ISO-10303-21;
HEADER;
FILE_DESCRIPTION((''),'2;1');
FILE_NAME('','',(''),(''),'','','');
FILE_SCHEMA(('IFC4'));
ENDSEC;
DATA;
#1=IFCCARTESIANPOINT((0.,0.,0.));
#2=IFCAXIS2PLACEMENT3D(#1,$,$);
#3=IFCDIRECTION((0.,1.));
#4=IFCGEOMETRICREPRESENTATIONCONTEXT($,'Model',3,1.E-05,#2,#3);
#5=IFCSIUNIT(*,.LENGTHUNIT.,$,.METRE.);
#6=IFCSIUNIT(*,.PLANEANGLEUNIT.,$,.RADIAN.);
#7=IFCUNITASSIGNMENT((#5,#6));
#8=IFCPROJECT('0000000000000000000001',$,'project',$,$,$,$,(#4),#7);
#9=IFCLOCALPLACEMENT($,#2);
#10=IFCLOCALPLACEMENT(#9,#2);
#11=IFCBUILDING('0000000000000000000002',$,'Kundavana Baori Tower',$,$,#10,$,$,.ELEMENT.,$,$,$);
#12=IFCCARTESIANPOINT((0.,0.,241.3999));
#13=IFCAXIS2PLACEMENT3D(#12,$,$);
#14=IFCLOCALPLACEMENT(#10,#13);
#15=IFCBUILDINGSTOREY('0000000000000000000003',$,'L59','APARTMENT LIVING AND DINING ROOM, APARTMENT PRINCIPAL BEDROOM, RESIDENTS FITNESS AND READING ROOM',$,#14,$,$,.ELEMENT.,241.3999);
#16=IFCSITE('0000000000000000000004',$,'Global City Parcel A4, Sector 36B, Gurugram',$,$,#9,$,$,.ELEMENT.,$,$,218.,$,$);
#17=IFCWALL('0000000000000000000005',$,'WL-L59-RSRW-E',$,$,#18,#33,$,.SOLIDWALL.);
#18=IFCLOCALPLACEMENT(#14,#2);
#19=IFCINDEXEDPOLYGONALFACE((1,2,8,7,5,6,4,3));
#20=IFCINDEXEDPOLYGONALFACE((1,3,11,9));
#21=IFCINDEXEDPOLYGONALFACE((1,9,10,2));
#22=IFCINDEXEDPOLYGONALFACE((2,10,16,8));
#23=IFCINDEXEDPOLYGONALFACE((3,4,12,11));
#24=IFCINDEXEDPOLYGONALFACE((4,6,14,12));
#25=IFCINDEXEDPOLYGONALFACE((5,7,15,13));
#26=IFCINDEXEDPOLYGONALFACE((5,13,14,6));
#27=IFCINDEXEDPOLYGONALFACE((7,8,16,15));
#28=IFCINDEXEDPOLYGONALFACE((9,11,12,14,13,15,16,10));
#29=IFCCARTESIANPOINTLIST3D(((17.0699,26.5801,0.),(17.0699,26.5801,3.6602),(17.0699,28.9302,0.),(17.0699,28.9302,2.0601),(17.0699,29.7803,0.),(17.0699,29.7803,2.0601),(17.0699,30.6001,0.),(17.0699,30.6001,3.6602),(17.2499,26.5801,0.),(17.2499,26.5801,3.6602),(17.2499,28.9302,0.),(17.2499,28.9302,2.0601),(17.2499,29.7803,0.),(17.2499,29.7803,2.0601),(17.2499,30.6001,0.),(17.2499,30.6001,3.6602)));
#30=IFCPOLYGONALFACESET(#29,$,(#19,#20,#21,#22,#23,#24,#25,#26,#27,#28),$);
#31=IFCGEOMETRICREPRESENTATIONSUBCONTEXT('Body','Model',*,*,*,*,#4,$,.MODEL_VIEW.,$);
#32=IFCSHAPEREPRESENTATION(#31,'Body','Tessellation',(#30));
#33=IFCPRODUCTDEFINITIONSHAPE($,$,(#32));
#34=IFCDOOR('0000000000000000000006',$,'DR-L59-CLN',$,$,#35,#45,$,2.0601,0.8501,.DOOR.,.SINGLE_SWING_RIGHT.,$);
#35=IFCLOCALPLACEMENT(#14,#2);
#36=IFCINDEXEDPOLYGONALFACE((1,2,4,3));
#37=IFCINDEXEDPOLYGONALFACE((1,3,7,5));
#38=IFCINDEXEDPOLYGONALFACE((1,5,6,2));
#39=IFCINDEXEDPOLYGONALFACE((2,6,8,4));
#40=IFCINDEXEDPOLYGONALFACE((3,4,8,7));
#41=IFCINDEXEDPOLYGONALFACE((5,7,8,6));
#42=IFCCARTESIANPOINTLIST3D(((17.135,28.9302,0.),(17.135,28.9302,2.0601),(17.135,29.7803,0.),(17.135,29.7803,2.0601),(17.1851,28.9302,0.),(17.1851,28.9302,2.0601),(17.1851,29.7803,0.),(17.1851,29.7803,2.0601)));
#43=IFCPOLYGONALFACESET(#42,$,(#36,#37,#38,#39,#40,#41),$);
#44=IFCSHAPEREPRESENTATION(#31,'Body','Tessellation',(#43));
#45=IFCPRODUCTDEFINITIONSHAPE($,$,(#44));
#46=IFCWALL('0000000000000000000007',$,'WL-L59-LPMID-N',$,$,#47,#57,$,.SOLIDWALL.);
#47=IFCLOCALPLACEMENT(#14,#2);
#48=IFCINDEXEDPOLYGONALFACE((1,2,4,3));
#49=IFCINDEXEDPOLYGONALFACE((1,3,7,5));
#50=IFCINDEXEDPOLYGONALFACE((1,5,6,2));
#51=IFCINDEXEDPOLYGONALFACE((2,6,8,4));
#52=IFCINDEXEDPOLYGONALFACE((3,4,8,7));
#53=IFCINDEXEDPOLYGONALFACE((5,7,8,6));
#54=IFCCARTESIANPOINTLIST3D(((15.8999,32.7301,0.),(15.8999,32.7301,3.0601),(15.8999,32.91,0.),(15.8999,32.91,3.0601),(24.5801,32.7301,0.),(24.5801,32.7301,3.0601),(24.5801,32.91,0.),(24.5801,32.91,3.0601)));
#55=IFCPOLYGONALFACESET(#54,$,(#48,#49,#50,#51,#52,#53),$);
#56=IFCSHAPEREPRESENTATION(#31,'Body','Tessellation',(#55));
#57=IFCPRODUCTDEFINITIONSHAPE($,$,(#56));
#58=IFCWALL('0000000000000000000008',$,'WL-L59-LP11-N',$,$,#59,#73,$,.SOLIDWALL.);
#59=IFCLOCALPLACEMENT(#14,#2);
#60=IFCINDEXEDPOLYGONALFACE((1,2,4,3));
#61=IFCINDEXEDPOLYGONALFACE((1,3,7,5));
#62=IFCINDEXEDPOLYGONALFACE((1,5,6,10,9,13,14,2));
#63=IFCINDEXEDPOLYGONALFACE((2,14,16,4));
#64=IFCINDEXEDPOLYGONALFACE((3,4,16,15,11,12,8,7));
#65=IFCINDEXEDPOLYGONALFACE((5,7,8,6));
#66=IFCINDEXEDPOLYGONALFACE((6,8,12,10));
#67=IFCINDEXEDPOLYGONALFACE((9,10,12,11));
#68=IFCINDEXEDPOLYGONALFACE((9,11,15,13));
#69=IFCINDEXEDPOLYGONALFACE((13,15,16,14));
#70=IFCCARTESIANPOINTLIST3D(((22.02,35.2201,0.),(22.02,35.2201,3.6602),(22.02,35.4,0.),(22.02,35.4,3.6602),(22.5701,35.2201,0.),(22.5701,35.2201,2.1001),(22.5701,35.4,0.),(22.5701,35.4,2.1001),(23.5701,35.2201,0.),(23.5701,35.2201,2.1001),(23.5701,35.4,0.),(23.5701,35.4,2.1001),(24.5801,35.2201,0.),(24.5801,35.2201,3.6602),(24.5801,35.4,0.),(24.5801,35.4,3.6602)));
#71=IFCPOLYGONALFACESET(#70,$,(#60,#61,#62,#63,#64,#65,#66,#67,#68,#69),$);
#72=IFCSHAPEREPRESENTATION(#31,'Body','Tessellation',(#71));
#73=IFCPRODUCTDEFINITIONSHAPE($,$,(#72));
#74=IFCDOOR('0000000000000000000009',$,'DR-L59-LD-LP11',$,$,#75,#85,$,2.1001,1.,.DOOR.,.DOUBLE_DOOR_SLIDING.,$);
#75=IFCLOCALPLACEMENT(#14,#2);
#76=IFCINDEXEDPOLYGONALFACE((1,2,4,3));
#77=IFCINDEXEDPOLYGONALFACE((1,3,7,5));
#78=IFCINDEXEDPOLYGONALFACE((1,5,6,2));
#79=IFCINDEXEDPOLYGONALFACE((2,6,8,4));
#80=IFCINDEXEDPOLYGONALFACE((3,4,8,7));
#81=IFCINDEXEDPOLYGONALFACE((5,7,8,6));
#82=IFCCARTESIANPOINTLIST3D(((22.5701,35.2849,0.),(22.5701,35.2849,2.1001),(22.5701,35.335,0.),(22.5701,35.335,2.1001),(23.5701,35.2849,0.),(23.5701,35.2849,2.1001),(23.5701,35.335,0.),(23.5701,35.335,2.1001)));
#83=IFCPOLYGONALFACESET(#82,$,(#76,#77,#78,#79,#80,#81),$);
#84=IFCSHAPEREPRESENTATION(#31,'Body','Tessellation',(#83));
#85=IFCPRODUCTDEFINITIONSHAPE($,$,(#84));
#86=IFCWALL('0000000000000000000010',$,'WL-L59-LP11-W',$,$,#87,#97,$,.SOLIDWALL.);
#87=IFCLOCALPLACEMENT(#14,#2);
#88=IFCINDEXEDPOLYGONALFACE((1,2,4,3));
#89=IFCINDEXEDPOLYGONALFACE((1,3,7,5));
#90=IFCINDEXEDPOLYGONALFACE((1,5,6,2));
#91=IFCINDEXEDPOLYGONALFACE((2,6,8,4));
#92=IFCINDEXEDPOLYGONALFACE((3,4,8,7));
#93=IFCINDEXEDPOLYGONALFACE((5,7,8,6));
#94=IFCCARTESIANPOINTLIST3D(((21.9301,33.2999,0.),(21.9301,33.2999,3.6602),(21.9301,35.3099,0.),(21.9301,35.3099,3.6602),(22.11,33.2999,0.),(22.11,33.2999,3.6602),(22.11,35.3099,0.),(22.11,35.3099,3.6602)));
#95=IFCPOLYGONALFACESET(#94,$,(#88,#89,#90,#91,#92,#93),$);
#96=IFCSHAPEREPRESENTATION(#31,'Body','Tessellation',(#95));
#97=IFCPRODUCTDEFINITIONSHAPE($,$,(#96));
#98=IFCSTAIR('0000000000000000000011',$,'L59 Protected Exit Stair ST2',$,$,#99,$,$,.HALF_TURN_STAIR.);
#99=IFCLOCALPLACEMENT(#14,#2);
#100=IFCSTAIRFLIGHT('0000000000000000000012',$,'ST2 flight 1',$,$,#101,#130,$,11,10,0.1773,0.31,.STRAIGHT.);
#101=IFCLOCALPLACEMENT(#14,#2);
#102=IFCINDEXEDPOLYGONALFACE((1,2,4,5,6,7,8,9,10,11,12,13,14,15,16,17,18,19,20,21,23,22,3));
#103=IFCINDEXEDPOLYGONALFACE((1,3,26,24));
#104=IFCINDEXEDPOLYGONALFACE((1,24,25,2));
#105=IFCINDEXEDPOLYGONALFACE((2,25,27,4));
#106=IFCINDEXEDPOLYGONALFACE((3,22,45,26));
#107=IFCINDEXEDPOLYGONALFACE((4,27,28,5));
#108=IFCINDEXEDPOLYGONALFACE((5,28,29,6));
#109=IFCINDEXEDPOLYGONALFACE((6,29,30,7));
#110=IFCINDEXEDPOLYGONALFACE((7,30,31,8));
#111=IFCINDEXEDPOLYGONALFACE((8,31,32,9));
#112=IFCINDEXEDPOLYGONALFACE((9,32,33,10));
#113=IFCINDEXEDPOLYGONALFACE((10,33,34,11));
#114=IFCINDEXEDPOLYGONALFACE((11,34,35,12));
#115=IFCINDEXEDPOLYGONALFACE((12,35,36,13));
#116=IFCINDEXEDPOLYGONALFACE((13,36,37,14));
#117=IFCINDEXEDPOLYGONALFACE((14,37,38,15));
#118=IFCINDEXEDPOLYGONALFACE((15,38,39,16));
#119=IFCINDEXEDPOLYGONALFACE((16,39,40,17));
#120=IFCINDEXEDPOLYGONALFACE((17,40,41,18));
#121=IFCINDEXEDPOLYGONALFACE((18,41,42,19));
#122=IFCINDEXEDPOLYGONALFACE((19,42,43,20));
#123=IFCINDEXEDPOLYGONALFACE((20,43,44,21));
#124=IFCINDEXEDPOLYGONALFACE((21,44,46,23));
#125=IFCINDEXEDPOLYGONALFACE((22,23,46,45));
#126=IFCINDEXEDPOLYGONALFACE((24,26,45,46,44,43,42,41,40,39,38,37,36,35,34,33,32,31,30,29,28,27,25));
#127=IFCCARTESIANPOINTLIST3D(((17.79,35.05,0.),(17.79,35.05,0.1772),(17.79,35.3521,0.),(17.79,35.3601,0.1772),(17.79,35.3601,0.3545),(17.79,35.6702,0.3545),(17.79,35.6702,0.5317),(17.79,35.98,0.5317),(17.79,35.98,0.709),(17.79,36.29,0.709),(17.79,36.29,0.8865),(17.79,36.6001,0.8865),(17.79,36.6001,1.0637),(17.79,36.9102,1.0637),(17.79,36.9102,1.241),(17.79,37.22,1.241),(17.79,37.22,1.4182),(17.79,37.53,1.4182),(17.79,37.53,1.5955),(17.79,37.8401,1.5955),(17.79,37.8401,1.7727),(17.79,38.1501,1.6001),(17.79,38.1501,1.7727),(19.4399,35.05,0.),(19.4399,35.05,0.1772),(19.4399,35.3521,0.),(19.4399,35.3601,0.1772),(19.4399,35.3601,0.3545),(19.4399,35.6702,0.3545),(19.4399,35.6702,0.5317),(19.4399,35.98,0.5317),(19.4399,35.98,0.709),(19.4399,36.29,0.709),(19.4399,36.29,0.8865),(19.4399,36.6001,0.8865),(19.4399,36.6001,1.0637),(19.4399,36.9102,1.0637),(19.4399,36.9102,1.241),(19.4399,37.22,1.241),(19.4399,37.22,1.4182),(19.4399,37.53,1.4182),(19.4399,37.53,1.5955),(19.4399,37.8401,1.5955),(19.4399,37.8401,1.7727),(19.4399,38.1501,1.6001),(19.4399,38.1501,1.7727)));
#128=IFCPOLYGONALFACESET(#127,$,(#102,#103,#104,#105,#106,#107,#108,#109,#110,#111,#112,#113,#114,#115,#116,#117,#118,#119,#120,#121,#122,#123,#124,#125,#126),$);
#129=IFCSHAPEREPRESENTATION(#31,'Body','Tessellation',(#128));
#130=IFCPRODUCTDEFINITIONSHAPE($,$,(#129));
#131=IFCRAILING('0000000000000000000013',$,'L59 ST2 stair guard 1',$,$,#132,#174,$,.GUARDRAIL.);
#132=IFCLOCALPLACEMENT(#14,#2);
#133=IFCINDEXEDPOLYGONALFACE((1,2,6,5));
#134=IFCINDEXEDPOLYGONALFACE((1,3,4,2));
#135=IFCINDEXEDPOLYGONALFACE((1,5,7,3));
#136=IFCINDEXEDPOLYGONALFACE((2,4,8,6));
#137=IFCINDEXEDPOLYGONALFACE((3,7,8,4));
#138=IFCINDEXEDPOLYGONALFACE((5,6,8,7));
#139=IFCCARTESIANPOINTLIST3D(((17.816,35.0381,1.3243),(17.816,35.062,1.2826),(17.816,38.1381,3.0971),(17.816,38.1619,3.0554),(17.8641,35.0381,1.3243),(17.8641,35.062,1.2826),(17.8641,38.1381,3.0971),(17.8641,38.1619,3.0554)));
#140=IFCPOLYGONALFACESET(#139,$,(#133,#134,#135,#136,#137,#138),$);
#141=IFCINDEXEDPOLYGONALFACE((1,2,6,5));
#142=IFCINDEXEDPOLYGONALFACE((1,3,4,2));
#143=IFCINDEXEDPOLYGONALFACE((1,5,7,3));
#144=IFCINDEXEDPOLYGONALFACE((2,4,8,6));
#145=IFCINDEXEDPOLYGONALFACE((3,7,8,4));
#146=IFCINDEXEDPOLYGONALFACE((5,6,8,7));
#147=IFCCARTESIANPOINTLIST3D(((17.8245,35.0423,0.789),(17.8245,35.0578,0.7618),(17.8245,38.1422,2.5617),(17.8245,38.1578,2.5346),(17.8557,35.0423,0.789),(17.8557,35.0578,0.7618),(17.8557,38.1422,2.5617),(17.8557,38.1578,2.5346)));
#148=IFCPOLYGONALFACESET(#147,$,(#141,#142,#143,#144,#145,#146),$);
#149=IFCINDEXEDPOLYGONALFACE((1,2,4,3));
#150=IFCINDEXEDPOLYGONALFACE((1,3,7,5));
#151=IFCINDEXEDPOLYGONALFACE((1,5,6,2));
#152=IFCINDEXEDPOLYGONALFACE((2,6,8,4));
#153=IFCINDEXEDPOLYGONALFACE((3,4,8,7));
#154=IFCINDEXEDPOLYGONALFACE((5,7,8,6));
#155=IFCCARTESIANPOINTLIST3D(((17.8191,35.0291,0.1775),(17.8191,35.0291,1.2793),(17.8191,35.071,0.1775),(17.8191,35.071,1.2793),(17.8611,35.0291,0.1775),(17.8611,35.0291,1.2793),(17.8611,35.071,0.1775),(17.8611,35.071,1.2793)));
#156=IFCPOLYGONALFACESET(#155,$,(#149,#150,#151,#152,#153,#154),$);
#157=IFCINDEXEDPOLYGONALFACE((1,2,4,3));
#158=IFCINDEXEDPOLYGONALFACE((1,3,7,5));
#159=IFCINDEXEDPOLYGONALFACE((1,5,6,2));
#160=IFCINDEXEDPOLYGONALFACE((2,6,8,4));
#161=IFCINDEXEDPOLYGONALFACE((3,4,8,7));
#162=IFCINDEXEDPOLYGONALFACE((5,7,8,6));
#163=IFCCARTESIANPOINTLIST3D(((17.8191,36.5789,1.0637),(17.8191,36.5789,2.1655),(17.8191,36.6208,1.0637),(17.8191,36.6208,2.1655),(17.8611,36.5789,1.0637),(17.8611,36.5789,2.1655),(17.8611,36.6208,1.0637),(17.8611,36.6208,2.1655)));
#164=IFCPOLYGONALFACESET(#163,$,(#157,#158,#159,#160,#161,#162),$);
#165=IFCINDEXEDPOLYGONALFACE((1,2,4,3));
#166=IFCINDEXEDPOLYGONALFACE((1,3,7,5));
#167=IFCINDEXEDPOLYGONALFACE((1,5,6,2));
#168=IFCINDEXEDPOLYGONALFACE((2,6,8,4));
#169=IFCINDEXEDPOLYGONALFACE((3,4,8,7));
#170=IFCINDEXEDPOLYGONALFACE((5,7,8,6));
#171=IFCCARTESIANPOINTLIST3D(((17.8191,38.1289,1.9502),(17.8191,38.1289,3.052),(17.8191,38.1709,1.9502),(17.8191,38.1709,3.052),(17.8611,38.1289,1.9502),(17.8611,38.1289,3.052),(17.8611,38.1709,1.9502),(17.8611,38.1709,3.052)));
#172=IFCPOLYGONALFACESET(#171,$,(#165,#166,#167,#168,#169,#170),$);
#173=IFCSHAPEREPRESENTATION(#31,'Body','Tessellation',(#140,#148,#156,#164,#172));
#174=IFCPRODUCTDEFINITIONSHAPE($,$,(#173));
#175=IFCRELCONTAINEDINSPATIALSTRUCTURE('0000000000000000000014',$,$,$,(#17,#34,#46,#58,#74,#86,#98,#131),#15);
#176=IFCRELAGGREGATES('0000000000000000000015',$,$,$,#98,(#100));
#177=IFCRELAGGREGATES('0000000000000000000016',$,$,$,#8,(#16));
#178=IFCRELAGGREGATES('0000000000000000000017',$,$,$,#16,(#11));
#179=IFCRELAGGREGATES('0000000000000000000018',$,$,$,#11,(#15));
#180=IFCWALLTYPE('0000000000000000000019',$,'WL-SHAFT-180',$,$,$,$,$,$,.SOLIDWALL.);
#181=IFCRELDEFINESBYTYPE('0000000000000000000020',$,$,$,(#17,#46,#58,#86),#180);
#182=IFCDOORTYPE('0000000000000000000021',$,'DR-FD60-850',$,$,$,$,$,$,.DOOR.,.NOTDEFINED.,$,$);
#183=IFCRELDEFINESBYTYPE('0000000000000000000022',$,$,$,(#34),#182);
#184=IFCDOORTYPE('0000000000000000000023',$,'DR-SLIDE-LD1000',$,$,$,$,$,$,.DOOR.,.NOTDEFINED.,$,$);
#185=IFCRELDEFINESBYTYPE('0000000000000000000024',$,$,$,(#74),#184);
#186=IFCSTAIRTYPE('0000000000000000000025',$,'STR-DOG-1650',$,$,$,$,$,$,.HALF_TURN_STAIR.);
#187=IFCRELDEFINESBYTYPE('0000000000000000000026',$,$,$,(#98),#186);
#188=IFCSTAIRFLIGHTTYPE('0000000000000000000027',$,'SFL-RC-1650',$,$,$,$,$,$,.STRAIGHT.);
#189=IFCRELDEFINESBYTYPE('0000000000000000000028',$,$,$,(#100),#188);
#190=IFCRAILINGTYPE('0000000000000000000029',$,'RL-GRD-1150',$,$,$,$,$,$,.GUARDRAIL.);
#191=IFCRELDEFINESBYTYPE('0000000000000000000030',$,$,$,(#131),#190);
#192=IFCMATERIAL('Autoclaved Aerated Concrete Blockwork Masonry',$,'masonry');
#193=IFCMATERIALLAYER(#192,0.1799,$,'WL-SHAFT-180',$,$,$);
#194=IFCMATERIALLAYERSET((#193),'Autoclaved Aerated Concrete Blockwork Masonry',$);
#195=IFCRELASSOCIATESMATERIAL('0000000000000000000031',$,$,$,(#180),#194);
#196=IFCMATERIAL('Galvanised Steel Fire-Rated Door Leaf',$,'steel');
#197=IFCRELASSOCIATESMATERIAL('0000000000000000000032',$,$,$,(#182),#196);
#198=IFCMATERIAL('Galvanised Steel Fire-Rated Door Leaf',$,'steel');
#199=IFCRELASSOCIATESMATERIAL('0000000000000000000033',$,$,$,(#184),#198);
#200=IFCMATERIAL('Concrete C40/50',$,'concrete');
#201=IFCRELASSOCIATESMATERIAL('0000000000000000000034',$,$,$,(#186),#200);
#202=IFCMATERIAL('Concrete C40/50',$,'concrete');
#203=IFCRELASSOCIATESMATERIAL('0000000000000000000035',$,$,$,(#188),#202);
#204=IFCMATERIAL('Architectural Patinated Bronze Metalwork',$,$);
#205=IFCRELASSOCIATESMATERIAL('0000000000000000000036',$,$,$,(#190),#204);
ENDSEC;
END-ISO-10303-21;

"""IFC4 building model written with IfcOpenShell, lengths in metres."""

from ifc_helpers import new_model, si_unit, direction, frame, frame_2d, origin, origin_2d, place, context, subcontext, project, spatial, polyline, rectangle, outline, extrude, material, layer, layer_set, type_object, element, fill, aggregate, save


model = new_model("IFC4")

# Units and contexts
model_context = context("Model", 3, precision=1e-05, world=origin(), true_north=direction((0.0, 1.0)))
body_context = subcontext(model_context, "Body", "Model", "MODEL_VIEW")
ifc_project = project(units=[si_unit("LENGTHUNIT", "METRE"), si_unit("PLANEANGLEUNIT", "RADIAN")], contexts=[model_context])

# Site, building, storey
site_placement = place(None, origin())
site = spatial("IfcSite", under=ifc_project, at=site_placement, Name="Global City Parcel A4, Sector 36B, Gurugram", CompositionType="ELEMENT", RefElevation=218.0)
building_placement = place(site_placement, origin())
building = spatial("IfcBuilding", under=site, at=building_placement, Name="Kundavana Baori Tower", CompositionType="ELEMENT")
storey_placement = place(building_placement, frame((0.0, 0.0, 241.3999)))
storey = spatial("IfcBuildingStorey", under=building, at=storey_placement, Name="L59", Description="APARTMENT LIVING AND DINING ROOM, APARTMENT PRINCIPAL BEDROOM, RESIDENTS FITNESS AND READING ROOM", CompositionType="ELEMENT", Elevation=241.3999)

# Wall, opening, door
ifc_material_1 = material(Name="Autoclaved Aerated Concrete Blockwork Masonry", Category="masonry")
ifc_layer_1 = layer(ifc_material_1, 0.1799, Name="WL-SHAFT-180")
ifc_layer_set_1 = layer_set([ifc_layer_1], Name="Autoclaved Aerated Concrete Blockwork Masonry")
wall_type_1 = type_object("IfcWallType", Name="WL-SHAFT-180", PredefinedType="SOLIDWALL", material=ifc_layer_set_1)
wall_1_placement = place(storey_placement, frame((17.1599, 26.5801, 0.0), z_axis=(0.0, 0.0, 1.0), x_axis=(0.0, 1.0, 0.0)))
wall_1 = element("IfcWall", 1, at=wall_1_placement, inside=storey, type_object=wall_type_1, Name="WL-L59-RSRW-E", PredefinedType="SOLIDWALL", context=body_context, shape_type="SweptSolid", body=[
    extrude(rectangle(XDim=4.02, YDim=0.1799, at=frame_2d((2.01, 0.0))), origin(), (0.0, 0.0, 1.0), 3.6602),
])
opening_1_placement = place(wall_1_placement, frame((2.3501, 0.0, 0.0)))
opening_1 = element("IfcOpeningElement", 2, at=opening_1_placement, cuts=wall_1, PredefinedType="OPENING", context=body_context, shape_type="SweptSolid", body=[
    extrude(rectangle(XDim=0.8501, YDim=2.0601, at=frame_2d((0.425, 1.03))), frame((0.0, 0.1001, 0.0), z_axis=(0.0, -1.0, 0.0), x_axis=(1.0, 0.0, 0.0)), (0.0, 0.0, 1.0), 0.2),
])
ifc_material_2 = material(Name="Galvanised Steel Fire-Rated Door Leaf", Category="steel")
door_type_1 = type_object("IfcDoorType", Name="DR-FD60-850", OperationType="NOTDEFINED", PredefinedType="DOOR", material=ifc_material_2)
door_1_placement = place(opening_1_placement, origin())
door_1 = element("IfcDoor", 3, at=door_1_placement, inside=storey, type_object=door_type_1, Name="DR-L59-CLN", OperationType="SINGLE_SWING_RIGHT", OverallHeight=2.0601, OverallWidth=0.8501, PredefinedType="DOOR", context=body_context, shape_type="SweptSolid", body=[
    extrude(rectangle(XDim=0.8501, YDim=2.0601, at=frame_2d((0.425, 1.03))), frame((0.0, 0.0249, 0.0), z_axis=(0.0, -1.0, 0.0), x_axis=(1.0, 0.0, 0.0)), (0.0, 0.0, 1.0), 0.05),
])
fill(opening_1, door_1)

# Wall
wall_2_placement = place(storey_placement, frame((15.8999, 32.8201, 0.0), z_axis=(0.0, 0.0, 1.0), x_axis=(1.0, 0.0, 0.0)))
element("IfcWall", 4, at=wall_2_placement, inside=storey, type_object=wall_type_1, Name="WL-L59-LPMID-N", PredefinedType="SOLIDWALL", context=body_context, shape_type="SweptSolid", body=[
    extrude(rectangle(XDim=8.6802, YDim=0.1799, at=frame_2d((4.3401, 0.0))), origin(), (0.0, 0.0, 1.0), 3.0601),
])

# Wall, opening, door
wall_3_placement = place(storey_placement, frame((22.02, 35.3101, 0.0), z_axis=(0.0, 0.0, 1.0), x_axis=(1.0, 0.0, 0.0)))
wall_3 = element("IfcWall", 5, at=wall_3_placement, inside=storey, type_object=wall_type_1, Name="WL-L59-LP11-N", PredefinedType="SOLIDWALL", context=body_context, shape_type="SweptSolid", body=[
    extrude(rectangle(XDim=2.5601, YDim=0.1799, at=frame_2d((1.28, 0.0))), origin(), (0.0, 0.0, 1.0), 3.6602),
])
opening_2_placement = place(wall_3_placement, frame((0.55, 0.0, 0.0)))
opening_2 = element("IfcOpeningElement", 6, at=opening_2_placement, cuts=wall_3, PredefinedType="OPENING", context=body_context, shape_type="SweptSolid", body=[
    extrude(rectangle(XDim=1.0, YDim=2.1001, at=frame_2d((0.5, 1.05))), frame((0.0, 0.1001, 0.0), z_axis=(0.0, -1.0, 0.0), x_axis=(1.0, 0.0, 0.0)), (0.0, 0.0, 1.0), 0.2),
])
ifc_material_3 = material(Name="Galvanised Steel Fire-Rated Door Leaf", Category="steel")
door_type_2 = type_object("IfcDoorType", Name="DR-SLIDE-LD1000", OperationType="NOTDEFINED", PredefinedType="DOOR", material=ifc_material_3)
door_2_placement = place(opening_2_placement, origin())
door_2 = element("IfcDoor", 7, at=door_2_placement, inside=storey, type_object=door_type_2, Name="DR-L59-LD-LP11", OperationType="DOUBLE_DOOR_SLIDING", OverallHeight=2.1001, OverallWidth=1.0, PredefinedType="DOOR", context=body_context, shape_type="SweptSolid", body=[
    extrude(rectangle(XDim=1.0, YDim=2.1001, at=frame_2d((0.5, 1.05))), frame((0.0, 0.0249, 0.0), z_axis=(0.0, -1.0, 0.0), x_axis=(1.0, 0.0, 0.0)), (0.0, 0.0, 1.0), 0.05),
])
fill(opening_2, door_2)

# Wall
wall_4_placement = place(storey_placement, frame((22.02, 33.3, 0.0), z_axis=(0.0, 0.0, 1.0), x_axis=(0.0, 1.0, 0.0)))
element("IfcWall", 8, at=wall_4_placement, inside=storey, type_object=wall_type_1, Name="WL-L59-LP11-W", PredefinedType="SOLIDWALL", context=body_context, shape_type="SweptSolid", body=[
    extrude(rectangle(XDim=2.01, YDim=0.1799, at=frame_2d((1.0049, 0.0))), origin(), (0.0, 0.0, 1.0), 3.6602),
])

# Stair, stair flight
ifc_material_4 = material(Name="Concrete C40/50", Category="concrete")
stair_type = type_object("IfcStairType", Name="STR-DOG-1650", PredefinedType="HALF_TURN_STAIR", material=ifc_material_4)
stair_placement = place(storey_placement, origin())
stair = element("IfcStair", 9, at=stair_placement, inside=storey, type_object=stair_type, Name="L59 Protected Exit Stair ST2", PredefinedType="HALF_TURN_STAIR")
ifc_material_5 = material(Name="Concrete C40/50", Category="concrete")
stair_flight_type = type_object("IfcStairFlightType", Name="SFL-RC-1650", PredefinedType="STRAIGHT", material=ifc_material_5)
stair_flight_placement = place(storey_placement, frame((18.615, 35.05, 0.0), z_axis=(0.0, 0.0, 1.0), x_axis=(0.0, 1.0, 0.0)))
stair_flight = element("IfcStairFlight", 10, at=stair_flight_placement, type_object=stair_flight_type, Name="ST2 flight 1", NumberOfRisers=11, NumberOfTreads=10, PredefinedType="STRAIGHT", RiserHeight=0.1773, TreadLength=0.31, context=body_context, shape_type="SweptSolid", body=[
    extrude(outline(polyline([(0.0, 0.0), (0.0, 0.1772), (0.3101, 0.1772), (0.3101, 0.3545), (0.6201, 0.3545), (0.6201, 0.5317), (0.9299, 0.5317), (0.9299, 0.709), (1.24, 0.709), (1.24, 0.8865), (1.55, 0.8865), (1.55, 1.0637), (1.8601, 1.0637), (1.8601, 1.241), (2.1699, 1.241), (2.1699, 1.4182), (2.48, 1.4182), (2.48, 1.5955), (2.79, 1.5955), (2.79, 1.7727), (3.1001, 1.7727), (3.1001, 1.95), (3.1001, 1.6001), (0.302, 0.0), (0.0, 0.0)])), frame((0.0, 0.825, 0.0), z_axis=(0.0, -1.0, 0.0), x_axis=(1.0, 0.0, 0.0)), (0.0, 0.0, 1.0), 1.6499),
])
aggregate(stair, [stair_flight])

# Railing
ifc_material_6 = material(Name="Architectural Patinated Bronze Metalwork")
railing_type_1 = type_object("IfcRailingType", Name="RL-GRD-1150", PredefinedType="GUARDRAIL", material=ifc_material_6)
railing_1_placement = place(storey_placement, frame((17.8401, 35.05, 0.1775)))
element("IfcRailing", 11, at=railing_1_placement, inside=storey, type_object=railing_type_1, Name="L59 ST2 stair guard 1", PredefinedType="GUARDRAIL", context=body_context, shape_type="SweptSolid", body=[
    extrude(rectangle(XDim=0.0481, YDim=0.0481, at=origin_2d()), frame((0.0, 0.0, 1.126), z_axis=(0.0, 0.868079, 0.496426), x_axis=(-1.0, 0.0, 0.0)), (0.0, 0.0, 1.0), 3.571),
    extrude(rectangle(XDim=0.0312, YDim=0.0312, at=origin_2d()), frame((0.0, 0.0, 0.5979), z_axis=(0.0, 0.868079, 0.496426), x_axis=(-1.0, 0.0, 0.0)), (0.0, 0.0, 1.0), 3.571),
    extrude(rectangle(XDim=0.042, YDim=0.042, at=origin_2d()), origin(), (0.0, 0.0, 1.0), 1.1018),
    extrude(rectangle(XDim=0.042, YDim=0.042, at=origin_2d()), frame((0.0, 1.5498, 0.8862)), (0.0, 0.0, 1.0), 1.1018),
    extrude(rectangle(XDim=0.042, YDim=0.042, at=origin_2d()), frame((0.0, 3.0999, 1.7727)), (0.0, 0.0, 1.0), 1.1018),
])

save(model, "model.ifc")
